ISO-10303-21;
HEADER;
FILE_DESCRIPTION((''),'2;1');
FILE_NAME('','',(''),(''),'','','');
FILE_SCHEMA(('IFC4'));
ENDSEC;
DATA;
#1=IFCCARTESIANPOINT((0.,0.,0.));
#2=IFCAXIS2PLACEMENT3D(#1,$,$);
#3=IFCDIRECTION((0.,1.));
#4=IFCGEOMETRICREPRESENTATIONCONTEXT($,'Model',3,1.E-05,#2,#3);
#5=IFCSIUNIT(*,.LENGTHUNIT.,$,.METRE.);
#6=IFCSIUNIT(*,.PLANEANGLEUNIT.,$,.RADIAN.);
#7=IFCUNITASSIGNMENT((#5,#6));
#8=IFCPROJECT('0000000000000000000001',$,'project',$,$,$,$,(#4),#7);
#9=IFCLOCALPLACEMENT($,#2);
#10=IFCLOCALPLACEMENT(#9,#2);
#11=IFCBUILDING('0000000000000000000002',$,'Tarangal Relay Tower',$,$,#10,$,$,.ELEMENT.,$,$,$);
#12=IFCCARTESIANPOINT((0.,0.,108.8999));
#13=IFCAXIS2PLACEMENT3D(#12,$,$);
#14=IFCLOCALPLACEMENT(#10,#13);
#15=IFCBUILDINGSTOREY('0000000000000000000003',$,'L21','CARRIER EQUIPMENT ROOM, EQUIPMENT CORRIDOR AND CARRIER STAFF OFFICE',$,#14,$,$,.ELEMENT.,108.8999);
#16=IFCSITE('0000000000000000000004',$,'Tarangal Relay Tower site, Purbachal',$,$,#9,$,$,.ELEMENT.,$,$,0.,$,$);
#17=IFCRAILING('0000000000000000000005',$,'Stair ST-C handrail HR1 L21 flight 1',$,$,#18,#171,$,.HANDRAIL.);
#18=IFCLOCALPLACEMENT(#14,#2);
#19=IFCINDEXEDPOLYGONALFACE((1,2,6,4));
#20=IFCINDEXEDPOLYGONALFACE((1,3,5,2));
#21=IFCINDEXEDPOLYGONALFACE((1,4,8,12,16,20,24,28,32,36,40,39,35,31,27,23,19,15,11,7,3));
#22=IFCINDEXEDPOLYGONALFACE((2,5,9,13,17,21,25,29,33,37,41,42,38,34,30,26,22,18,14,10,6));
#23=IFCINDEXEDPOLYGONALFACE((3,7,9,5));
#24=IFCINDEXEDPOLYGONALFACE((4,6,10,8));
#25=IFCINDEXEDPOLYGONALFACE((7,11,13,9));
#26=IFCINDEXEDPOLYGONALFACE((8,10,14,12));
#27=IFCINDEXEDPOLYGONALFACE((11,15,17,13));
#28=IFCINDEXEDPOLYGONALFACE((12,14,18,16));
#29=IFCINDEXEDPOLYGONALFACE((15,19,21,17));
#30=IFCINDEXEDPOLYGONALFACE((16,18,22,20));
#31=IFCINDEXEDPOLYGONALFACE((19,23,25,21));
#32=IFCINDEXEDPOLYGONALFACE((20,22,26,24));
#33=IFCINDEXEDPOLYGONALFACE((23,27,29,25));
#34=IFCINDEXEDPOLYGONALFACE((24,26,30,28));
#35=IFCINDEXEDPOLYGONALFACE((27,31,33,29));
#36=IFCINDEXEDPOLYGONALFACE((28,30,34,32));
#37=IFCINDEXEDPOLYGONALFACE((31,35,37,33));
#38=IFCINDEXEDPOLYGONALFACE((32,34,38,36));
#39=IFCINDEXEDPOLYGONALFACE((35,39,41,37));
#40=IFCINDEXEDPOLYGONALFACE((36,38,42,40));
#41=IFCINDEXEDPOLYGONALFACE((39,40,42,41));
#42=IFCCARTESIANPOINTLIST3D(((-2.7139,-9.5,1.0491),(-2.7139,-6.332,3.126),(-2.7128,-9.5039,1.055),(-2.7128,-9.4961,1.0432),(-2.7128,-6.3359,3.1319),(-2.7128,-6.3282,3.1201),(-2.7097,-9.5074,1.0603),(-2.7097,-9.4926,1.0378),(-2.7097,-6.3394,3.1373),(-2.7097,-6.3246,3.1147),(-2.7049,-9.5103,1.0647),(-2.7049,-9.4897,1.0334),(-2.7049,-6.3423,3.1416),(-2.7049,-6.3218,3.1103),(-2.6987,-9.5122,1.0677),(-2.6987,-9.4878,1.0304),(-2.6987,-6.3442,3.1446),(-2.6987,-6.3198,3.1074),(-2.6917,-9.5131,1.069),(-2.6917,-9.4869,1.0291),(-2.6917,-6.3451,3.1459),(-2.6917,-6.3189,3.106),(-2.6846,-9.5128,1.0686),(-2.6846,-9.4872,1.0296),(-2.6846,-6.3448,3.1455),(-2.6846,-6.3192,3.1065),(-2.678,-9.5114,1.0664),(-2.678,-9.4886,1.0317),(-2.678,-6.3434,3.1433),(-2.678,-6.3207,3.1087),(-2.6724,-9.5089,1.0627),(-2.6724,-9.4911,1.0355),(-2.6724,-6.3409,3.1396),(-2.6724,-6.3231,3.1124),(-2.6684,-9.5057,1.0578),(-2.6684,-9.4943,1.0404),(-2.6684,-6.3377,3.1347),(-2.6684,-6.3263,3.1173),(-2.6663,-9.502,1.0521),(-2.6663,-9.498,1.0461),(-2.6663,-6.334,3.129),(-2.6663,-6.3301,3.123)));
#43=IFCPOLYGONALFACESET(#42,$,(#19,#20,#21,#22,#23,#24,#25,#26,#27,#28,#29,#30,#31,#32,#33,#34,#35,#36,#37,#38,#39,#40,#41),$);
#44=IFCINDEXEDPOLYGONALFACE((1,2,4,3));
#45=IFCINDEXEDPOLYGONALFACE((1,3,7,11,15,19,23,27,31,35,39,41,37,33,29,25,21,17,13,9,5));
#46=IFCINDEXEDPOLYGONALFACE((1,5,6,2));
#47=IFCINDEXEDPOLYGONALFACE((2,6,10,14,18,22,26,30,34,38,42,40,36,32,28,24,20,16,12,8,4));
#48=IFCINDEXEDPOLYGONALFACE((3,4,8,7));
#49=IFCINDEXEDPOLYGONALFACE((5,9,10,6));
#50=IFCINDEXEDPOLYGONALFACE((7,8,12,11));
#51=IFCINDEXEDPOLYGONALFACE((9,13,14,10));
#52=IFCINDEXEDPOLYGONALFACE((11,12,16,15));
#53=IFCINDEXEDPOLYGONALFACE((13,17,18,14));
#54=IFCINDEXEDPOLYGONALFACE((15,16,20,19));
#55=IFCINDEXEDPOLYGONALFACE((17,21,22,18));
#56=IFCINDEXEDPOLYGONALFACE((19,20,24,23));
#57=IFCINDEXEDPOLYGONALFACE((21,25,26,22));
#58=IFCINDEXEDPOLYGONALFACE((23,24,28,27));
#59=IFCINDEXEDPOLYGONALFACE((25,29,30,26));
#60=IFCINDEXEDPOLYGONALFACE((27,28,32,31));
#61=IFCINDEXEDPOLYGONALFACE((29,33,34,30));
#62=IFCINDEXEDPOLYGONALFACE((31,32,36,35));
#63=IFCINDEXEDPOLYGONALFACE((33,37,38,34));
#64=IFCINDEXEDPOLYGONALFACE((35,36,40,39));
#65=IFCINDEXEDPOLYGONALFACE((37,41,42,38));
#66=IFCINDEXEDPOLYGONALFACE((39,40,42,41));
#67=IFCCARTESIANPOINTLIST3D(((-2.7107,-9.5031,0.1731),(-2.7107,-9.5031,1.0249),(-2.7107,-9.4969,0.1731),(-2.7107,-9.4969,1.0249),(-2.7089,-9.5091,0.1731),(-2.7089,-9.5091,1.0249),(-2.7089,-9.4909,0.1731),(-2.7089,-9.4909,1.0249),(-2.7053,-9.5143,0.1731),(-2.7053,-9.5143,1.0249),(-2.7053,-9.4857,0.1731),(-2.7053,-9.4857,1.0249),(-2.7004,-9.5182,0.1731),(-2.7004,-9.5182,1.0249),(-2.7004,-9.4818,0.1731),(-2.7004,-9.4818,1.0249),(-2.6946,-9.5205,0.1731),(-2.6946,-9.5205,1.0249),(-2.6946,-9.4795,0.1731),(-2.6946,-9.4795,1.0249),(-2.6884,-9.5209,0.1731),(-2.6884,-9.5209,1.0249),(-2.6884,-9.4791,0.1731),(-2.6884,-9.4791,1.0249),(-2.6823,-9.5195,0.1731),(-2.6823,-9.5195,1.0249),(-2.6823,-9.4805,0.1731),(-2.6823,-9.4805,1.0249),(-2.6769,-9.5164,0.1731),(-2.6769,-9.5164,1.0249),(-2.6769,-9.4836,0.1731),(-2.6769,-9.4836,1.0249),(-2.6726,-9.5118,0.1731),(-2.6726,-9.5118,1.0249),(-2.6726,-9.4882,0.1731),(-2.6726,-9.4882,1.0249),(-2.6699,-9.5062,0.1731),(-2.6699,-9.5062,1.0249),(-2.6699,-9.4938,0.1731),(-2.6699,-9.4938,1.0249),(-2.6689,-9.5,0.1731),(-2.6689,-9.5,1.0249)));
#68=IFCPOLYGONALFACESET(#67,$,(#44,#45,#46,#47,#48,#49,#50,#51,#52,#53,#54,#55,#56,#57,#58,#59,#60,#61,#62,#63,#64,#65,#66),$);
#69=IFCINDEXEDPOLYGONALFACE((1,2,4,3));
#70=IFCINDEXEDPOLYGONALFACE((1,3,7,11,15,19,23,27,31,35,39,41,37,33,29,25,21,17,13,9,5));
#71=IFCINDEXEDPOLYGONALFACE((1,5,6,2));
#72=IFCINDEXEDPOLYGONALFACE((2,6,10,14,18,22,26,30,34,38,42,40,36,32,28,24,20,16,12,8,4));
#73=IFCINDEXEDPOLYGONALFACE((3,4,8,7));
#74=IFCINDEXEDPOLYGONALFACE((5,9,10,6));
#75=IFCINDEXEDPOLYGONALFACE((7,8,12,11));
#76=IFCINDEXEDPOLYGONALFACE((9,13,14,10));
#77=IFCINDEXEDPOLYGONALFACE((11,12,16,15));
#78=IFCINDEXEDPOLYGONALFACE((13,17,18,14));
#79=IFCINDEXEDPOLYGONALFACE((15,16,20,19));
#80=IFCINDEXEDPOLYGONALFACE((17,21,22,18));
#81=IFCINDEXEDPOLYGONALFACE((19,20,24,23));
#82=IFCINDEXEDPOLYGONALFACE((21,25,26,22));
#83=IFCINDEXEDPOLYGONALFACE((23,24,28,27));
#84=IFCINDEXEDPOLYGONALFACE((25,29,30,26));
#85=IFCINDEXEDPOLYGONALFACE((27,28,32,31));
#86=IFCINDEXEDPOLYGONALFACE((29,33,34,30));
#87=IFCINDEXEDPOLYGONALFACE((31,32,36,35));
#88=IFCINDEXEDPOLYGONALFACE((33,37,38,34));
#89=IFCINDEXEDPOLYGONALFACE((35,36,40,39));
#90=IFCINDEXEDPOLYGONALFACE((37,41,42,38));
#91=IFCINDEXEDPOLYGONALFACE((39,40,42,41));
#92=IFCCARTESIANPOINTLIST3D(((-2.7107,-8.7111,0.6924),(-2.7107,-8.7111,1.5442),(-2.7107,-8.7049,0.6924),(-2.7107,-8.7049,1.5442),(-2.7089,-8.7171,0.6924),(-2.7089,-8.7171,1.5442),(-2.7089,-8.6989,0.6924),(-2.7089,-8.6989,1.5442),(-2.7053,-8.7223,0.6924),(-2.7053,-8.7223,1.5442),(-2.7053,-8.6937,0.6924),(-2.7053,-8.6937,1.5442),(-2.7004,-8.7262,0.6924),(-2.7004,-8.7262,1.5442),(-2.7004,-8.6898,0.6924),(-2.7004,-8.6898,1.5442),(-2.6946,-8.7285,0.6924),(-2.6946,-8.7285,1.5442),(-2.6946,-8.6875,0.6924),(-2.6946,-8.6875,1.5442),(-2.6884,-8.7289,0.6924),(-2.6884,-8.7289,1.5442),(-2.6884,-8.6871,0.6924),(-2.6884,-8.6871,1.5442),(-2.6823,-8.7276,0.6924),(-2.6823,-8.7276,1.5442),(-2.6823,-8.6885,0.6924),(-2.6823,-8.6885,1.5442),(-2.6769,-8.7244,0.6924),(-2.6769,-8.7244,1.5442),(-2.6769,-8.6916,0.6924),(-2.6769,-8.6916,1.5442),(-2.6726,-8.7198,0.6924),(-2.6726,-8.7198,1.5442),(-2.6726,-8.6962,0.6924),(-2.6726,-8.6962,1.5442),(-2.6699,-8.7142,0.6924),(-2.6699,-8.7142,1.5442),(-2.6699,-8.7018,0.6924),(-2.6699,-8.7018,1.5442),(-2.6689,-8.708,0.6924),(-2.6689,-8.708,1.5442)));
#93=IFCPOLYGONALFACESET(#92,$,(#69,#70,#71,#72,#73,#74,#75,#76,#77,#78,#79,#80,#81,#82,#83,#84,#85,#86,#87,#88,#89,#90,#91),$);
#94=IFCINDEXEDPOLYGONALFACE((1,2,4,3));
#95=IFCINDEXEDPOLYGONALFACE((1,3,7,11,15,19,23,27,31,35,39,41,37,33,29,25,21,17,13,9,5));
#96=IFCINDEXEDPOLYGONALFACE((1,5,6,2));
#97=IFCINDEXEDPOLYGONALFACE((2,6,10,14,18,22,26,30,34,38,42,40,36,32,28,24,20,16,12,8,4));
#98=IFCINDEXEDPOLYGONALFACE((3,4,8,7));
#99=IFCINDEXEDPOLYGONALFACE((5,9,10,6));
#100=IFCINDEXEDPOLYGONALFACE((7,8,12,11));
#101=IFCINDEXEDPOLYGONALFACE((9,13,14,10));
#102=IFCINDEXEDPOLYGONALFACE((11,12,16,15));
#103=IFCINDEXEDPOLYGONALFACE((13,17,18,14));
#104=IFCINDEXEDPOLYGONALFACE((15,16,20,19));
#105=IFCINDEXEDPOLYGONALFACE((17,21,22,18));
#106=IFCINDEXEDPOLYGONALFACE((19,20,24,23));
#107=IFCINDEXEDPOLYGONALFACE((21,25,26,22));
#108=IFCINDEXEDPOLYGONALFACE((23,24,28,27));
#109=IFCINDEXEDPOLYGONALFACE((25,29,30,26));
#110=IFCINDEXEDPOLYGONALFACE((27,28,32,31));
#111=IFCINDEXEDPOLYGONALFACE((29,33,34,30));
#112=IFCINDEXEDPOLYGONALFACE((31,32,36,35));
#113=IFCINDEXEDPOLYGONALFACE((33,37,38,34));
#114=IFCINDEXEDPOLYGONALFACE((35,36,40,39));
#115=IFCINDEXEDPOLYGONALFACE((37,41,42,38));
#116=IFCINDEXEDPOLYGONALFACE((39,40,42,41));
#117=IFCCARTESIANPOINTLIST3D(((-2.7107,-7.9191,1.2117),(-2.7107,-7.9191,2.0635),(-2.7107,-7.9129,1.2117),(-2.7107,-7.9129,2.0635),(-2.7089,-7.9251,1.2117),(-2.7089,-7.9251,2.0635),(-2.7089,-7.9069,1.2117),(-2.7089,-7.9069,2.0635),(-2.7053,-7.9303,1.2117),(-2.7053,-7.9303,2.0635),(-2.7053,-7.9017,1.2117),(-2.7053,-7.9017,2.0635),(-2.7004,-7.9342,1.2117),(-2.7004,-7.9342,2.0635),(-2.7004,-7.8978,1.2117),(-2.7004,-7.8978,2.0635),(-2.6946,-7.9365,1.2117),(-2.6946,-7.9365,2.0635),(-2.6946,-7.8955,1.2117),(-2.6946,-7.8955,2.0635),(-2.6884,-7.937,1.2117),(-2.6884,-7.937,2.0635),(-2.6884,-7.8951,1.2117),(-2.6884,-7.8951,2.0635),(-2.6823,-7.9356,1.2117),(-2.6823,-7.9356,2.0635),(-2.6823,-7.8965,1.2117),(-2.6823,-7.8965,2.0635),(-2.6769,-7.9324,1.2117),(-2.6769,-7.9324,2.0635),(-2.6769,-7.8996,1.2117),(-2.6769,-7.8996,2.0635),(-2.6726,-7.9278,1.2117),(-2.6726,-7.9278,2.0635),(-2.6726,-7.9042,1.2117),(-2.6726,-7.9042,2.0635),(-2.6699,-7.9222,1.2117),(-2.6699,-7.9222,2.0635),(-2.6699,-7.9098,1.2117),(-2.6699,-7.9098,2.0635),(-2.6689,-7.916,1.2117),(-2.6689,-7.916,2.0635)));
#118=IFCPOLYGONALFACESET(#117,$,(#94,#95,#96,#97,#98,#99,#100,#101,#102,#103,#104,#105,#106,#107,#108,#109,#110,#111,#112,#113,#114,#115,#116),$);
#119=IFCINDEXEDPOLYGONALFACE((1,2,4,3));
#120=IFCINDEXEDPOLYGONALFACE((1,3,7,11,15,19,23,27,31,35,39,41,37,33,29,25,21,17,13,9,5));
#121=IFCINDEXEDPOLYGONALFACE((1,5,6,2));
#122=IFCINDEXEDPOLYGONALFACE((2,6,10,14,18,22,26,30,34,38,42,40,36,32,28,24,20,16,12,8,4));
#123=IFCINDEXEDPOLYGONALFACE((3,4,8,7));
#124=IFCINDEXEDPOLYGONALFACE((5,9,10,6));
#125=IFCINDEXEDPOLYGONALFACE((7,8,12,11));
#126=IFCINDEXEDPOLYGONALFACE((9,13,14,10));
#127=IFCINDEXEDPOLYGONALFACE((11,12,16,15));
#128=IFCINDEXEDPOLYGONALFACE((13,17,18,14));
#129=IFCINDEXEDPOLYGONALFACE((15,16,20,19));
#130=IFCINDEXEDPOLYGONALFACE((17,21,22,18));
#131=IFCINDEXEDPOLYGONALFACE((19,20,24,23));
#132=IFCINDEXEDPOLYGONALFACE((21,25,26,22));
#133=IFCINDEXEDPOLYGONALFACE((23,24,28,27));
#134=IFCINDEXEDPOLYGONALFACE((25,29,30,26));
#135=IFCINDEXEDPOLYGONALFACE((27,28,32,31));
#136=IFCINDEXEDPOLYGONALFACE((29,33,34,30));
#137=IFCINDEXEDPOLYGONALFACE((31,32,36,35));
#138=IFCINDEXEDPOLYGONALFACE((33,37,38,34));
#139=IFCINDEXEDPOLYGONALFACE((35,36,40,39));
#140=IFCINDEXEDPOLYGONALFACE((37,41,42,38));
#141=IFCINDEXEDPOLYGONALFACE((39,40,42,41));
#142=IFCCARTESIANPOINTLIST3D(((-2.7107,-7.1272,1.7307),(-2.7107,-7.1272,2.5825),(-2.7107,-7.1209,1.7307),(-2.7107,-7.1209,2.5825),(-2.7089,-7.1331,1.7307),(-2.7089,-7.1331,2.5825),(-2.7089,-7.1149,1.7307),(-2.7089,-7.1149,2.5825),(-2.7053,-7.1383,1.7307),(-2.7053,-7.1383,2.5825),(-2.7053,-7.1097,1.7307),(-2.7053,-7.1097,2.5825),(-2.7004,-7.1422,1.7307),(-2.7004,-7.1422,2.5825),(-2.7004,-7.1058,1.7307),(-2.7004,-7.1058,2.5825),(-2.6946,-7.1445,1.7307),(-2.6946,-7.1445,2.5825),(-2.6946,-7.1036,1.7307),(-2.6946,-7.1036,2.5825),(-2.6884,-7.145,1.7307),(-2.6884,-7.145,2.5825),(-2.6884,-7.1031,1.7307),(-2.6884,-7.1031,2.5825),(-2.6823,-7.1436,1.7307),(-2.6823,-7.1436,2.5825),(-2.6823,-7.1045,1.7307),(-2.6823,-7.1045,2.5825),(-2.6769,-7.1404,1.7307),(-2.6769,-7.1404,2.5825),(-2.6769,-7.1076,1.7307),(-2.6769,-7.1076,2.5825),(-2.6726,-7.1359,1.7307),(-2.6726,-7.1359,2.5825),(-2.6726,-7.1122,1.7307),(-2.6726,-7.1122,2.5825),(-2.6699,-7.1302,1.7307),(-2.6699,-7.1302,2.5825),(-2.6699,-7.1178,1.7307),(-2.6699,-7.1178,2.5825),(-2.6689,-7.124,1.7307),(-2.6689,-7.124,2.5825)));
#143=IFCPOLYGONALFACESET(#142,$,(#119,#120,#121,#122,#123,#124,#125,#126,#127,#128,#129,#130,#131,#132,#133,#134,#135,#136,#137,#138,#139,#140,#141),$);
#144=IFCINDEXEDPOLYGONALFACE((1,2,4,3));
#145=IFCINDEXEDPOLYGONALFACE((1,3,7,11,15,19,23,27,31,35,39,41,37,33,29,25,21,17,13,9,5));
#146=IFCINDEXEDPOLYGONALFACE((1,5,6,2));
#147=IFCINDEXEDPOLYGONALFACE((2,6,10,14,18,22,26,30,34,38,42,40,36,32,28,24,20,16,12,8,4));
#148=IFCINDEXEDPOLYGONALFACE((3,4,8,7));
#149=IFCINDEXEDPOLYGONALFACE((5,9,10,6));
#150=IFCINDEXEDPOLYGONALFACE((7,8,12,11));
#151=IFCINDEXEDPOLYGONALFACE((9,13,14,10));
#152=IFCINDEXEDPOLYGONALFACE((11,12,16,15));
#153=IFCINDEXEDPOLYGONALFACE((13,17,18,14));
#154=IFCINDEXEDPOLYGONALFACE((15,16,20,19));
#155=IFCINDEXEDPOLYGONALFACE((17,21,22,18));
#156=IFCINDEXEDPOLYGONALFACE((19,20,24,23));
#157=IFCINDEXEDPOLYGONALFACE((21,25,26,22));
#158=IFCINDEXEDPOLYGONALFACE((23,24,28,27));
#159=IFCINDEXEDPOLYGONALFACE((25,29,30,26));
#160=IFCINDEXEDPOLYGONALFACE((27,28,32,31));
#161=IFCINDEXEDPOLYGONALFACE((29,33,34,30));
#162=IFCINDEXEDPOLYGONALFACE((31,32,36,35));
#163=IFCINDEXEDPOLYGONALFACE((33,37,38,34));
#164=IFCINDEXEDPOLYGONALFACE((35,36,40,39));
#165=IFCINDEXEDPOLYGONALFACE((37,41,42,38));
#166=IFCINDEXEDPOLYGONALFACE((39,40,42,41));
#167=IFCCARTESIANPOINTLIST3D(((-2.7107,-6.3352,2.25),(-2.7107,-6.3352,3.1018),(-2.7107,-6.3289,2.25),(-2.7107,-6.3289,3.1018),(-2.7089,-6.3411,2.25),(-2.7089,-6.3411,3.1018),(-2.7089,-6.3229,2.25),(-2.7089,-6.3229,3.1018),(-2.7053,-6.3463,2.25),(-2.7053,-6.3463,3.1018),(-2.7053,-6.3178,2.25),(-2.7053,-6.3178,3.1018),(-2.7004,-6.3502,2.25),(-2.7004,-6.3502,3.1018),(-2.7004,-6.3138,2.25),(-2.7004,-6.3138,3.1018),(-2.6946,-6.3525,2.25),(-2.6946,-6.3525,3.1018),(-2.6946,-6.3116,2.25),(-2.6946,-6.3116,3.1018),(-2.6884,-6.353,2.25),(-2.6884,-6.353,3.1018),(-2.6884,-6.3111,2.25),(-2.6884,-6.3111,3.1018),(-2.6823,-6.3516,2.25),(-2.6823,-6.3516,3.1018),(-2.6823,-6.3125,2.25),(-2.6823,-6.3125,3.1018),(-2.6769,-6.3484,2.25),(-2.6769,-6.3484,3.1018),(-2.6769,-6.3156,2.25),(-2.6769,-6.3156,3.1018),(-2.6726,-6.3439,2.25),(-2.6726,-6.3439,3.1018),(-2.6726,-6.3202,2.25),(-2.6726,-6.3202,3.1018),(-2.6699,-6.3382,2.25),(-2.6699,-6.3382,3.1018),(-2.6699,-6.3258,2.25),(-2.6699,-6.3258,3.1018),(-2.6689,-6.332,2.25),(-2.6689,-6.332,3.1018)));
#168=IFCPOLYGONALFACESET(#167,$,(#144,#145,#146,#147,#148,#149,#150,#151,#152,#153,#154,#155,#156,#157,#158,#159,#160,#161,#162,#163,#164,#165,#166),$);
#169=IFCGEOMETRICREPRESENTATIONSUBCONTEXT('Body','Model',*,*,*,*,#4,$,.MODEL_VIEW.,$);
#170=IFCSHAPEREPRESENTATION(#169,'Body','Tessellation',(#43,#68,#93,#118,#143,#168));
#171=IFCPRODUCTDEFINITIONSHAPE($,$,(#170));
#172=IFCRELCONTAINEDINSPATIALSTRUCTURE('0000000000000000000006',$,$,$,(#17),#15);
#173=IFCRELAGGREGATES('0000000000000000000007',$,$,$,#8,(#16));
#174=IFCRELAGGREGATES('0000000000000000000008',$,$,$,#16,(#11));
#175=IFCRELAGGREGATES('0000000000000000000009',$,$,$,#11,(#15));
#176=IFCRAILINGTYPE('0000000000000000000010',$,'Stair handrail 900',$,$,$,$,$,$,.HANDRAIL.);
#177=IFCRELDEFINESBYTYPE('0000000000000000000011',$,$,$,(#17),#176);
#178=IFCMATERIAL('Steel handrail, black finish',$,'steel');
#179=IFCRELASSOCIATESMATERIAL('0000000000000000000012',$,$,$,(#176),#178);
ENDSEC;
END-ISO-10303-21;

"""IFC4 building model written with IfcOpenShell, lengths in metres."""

from ifc_helpers import new_model, si_unit, direction, frame, origin, origin_2d, place, context, subcontext, project, spatial, circle, extrude, material, type_object, element, save


model = new_model("IFC4")

# Units and contexts
model_context = context("Model", 3, precision=1e-05, world=origin(), true_north=direction((0.0, 1.0)))
body_context = subcontext(model_context, "Body", "Model", "MODEL_VIEW")
ifc_project = project(units=[si_unit("LENGTHUNIT", "METRE"), si_unit("PLANEANGLEUNIT", "RADIAN")], contexts=[model_context])

# Site, building, storey
site_placement = place(None, origin())
site = spatial("IfcSite", under=ifc_project, at=site_placement, Name="Tarangal Relay Tower site, Purbachal", CompositionType="ELEMENT", RefElevation=0.0)
building_placement = place(site_placement, origin())
building = spatial("IfcBuilding", under=site, at=building_placement, Name="Tarangal Relay Tower", CompositionType="ELEMENT")
storey_placement = place(building_placement, frame((0.0, 0.0, 108.8999)))
storey = spatial("IfcBuildingStorey", under=building, at=storey_placement, Name="L21", Description="CARRIER EQUIPMENT ROOM, EQUIPMENT CORRIDOR AND CARRIER STAFF OFFICE", CompositionType="ELEMENT", Elevation=108.8999)

# Railing
ifc_material_1 = material(Name="Steel handrail, black finish", Category="steel")
railing_type_1 = type_object("IfcRailingType", Name="Stair handrail 900", PredefinedType="HANDRAIL", material=ifc_material_1)
railing_1_placement = place(storey_placement, frame((-2.6899, -9.5, 0.1731)))
element("IfcRailing", 1, at=railing_1_placement, inside=storey, type_object=railing_type_1, Name="Stair ST-C handrail HR1 L21 flight 1", PredefinedType="HANDRAIL", context=body_context, shape_type="SweptSolid", body=[
    extrude(circle(Radius=0.0239, at=origin_2d()), frame((0.0, 0.0, 0.876), z_axis=(0.0, 0.836299, 0.548273), x_axis=(-1.0, 0.0, 0.0)), (0.0, 0.0, 1.0), 3.7881),
    extrude(circle(Radius=0.021, at=origin_2d()), origin(), (0.0, 0.0, 1.0), 0.8518),
    extrude(circle(Radius=0.021, at=origin_2d()), frame((0.0, 0.792, 0.5193)), (0.0, 0.0, 1.0), 0.8518),
    extrude(circle(Radius=0.021, at=origin_2d()), frame((0.0, 1.584, 1.0386)), (0.0, 0.0, 1.0), 0.8518),
    extrude(circle(Radius=0.021, at=origin_2d()), frame((0.0, 2.376, 1.5576)), (0.0, 0.0, 1.0), 0.8518),
    extrude(circle(Radius=0.021, at=origin_2d()), frame((0.0, 3.168, 2.0769)), (0.0, 0.0, 1.0), 0.8518),
])

save(model, "model.ifc")
